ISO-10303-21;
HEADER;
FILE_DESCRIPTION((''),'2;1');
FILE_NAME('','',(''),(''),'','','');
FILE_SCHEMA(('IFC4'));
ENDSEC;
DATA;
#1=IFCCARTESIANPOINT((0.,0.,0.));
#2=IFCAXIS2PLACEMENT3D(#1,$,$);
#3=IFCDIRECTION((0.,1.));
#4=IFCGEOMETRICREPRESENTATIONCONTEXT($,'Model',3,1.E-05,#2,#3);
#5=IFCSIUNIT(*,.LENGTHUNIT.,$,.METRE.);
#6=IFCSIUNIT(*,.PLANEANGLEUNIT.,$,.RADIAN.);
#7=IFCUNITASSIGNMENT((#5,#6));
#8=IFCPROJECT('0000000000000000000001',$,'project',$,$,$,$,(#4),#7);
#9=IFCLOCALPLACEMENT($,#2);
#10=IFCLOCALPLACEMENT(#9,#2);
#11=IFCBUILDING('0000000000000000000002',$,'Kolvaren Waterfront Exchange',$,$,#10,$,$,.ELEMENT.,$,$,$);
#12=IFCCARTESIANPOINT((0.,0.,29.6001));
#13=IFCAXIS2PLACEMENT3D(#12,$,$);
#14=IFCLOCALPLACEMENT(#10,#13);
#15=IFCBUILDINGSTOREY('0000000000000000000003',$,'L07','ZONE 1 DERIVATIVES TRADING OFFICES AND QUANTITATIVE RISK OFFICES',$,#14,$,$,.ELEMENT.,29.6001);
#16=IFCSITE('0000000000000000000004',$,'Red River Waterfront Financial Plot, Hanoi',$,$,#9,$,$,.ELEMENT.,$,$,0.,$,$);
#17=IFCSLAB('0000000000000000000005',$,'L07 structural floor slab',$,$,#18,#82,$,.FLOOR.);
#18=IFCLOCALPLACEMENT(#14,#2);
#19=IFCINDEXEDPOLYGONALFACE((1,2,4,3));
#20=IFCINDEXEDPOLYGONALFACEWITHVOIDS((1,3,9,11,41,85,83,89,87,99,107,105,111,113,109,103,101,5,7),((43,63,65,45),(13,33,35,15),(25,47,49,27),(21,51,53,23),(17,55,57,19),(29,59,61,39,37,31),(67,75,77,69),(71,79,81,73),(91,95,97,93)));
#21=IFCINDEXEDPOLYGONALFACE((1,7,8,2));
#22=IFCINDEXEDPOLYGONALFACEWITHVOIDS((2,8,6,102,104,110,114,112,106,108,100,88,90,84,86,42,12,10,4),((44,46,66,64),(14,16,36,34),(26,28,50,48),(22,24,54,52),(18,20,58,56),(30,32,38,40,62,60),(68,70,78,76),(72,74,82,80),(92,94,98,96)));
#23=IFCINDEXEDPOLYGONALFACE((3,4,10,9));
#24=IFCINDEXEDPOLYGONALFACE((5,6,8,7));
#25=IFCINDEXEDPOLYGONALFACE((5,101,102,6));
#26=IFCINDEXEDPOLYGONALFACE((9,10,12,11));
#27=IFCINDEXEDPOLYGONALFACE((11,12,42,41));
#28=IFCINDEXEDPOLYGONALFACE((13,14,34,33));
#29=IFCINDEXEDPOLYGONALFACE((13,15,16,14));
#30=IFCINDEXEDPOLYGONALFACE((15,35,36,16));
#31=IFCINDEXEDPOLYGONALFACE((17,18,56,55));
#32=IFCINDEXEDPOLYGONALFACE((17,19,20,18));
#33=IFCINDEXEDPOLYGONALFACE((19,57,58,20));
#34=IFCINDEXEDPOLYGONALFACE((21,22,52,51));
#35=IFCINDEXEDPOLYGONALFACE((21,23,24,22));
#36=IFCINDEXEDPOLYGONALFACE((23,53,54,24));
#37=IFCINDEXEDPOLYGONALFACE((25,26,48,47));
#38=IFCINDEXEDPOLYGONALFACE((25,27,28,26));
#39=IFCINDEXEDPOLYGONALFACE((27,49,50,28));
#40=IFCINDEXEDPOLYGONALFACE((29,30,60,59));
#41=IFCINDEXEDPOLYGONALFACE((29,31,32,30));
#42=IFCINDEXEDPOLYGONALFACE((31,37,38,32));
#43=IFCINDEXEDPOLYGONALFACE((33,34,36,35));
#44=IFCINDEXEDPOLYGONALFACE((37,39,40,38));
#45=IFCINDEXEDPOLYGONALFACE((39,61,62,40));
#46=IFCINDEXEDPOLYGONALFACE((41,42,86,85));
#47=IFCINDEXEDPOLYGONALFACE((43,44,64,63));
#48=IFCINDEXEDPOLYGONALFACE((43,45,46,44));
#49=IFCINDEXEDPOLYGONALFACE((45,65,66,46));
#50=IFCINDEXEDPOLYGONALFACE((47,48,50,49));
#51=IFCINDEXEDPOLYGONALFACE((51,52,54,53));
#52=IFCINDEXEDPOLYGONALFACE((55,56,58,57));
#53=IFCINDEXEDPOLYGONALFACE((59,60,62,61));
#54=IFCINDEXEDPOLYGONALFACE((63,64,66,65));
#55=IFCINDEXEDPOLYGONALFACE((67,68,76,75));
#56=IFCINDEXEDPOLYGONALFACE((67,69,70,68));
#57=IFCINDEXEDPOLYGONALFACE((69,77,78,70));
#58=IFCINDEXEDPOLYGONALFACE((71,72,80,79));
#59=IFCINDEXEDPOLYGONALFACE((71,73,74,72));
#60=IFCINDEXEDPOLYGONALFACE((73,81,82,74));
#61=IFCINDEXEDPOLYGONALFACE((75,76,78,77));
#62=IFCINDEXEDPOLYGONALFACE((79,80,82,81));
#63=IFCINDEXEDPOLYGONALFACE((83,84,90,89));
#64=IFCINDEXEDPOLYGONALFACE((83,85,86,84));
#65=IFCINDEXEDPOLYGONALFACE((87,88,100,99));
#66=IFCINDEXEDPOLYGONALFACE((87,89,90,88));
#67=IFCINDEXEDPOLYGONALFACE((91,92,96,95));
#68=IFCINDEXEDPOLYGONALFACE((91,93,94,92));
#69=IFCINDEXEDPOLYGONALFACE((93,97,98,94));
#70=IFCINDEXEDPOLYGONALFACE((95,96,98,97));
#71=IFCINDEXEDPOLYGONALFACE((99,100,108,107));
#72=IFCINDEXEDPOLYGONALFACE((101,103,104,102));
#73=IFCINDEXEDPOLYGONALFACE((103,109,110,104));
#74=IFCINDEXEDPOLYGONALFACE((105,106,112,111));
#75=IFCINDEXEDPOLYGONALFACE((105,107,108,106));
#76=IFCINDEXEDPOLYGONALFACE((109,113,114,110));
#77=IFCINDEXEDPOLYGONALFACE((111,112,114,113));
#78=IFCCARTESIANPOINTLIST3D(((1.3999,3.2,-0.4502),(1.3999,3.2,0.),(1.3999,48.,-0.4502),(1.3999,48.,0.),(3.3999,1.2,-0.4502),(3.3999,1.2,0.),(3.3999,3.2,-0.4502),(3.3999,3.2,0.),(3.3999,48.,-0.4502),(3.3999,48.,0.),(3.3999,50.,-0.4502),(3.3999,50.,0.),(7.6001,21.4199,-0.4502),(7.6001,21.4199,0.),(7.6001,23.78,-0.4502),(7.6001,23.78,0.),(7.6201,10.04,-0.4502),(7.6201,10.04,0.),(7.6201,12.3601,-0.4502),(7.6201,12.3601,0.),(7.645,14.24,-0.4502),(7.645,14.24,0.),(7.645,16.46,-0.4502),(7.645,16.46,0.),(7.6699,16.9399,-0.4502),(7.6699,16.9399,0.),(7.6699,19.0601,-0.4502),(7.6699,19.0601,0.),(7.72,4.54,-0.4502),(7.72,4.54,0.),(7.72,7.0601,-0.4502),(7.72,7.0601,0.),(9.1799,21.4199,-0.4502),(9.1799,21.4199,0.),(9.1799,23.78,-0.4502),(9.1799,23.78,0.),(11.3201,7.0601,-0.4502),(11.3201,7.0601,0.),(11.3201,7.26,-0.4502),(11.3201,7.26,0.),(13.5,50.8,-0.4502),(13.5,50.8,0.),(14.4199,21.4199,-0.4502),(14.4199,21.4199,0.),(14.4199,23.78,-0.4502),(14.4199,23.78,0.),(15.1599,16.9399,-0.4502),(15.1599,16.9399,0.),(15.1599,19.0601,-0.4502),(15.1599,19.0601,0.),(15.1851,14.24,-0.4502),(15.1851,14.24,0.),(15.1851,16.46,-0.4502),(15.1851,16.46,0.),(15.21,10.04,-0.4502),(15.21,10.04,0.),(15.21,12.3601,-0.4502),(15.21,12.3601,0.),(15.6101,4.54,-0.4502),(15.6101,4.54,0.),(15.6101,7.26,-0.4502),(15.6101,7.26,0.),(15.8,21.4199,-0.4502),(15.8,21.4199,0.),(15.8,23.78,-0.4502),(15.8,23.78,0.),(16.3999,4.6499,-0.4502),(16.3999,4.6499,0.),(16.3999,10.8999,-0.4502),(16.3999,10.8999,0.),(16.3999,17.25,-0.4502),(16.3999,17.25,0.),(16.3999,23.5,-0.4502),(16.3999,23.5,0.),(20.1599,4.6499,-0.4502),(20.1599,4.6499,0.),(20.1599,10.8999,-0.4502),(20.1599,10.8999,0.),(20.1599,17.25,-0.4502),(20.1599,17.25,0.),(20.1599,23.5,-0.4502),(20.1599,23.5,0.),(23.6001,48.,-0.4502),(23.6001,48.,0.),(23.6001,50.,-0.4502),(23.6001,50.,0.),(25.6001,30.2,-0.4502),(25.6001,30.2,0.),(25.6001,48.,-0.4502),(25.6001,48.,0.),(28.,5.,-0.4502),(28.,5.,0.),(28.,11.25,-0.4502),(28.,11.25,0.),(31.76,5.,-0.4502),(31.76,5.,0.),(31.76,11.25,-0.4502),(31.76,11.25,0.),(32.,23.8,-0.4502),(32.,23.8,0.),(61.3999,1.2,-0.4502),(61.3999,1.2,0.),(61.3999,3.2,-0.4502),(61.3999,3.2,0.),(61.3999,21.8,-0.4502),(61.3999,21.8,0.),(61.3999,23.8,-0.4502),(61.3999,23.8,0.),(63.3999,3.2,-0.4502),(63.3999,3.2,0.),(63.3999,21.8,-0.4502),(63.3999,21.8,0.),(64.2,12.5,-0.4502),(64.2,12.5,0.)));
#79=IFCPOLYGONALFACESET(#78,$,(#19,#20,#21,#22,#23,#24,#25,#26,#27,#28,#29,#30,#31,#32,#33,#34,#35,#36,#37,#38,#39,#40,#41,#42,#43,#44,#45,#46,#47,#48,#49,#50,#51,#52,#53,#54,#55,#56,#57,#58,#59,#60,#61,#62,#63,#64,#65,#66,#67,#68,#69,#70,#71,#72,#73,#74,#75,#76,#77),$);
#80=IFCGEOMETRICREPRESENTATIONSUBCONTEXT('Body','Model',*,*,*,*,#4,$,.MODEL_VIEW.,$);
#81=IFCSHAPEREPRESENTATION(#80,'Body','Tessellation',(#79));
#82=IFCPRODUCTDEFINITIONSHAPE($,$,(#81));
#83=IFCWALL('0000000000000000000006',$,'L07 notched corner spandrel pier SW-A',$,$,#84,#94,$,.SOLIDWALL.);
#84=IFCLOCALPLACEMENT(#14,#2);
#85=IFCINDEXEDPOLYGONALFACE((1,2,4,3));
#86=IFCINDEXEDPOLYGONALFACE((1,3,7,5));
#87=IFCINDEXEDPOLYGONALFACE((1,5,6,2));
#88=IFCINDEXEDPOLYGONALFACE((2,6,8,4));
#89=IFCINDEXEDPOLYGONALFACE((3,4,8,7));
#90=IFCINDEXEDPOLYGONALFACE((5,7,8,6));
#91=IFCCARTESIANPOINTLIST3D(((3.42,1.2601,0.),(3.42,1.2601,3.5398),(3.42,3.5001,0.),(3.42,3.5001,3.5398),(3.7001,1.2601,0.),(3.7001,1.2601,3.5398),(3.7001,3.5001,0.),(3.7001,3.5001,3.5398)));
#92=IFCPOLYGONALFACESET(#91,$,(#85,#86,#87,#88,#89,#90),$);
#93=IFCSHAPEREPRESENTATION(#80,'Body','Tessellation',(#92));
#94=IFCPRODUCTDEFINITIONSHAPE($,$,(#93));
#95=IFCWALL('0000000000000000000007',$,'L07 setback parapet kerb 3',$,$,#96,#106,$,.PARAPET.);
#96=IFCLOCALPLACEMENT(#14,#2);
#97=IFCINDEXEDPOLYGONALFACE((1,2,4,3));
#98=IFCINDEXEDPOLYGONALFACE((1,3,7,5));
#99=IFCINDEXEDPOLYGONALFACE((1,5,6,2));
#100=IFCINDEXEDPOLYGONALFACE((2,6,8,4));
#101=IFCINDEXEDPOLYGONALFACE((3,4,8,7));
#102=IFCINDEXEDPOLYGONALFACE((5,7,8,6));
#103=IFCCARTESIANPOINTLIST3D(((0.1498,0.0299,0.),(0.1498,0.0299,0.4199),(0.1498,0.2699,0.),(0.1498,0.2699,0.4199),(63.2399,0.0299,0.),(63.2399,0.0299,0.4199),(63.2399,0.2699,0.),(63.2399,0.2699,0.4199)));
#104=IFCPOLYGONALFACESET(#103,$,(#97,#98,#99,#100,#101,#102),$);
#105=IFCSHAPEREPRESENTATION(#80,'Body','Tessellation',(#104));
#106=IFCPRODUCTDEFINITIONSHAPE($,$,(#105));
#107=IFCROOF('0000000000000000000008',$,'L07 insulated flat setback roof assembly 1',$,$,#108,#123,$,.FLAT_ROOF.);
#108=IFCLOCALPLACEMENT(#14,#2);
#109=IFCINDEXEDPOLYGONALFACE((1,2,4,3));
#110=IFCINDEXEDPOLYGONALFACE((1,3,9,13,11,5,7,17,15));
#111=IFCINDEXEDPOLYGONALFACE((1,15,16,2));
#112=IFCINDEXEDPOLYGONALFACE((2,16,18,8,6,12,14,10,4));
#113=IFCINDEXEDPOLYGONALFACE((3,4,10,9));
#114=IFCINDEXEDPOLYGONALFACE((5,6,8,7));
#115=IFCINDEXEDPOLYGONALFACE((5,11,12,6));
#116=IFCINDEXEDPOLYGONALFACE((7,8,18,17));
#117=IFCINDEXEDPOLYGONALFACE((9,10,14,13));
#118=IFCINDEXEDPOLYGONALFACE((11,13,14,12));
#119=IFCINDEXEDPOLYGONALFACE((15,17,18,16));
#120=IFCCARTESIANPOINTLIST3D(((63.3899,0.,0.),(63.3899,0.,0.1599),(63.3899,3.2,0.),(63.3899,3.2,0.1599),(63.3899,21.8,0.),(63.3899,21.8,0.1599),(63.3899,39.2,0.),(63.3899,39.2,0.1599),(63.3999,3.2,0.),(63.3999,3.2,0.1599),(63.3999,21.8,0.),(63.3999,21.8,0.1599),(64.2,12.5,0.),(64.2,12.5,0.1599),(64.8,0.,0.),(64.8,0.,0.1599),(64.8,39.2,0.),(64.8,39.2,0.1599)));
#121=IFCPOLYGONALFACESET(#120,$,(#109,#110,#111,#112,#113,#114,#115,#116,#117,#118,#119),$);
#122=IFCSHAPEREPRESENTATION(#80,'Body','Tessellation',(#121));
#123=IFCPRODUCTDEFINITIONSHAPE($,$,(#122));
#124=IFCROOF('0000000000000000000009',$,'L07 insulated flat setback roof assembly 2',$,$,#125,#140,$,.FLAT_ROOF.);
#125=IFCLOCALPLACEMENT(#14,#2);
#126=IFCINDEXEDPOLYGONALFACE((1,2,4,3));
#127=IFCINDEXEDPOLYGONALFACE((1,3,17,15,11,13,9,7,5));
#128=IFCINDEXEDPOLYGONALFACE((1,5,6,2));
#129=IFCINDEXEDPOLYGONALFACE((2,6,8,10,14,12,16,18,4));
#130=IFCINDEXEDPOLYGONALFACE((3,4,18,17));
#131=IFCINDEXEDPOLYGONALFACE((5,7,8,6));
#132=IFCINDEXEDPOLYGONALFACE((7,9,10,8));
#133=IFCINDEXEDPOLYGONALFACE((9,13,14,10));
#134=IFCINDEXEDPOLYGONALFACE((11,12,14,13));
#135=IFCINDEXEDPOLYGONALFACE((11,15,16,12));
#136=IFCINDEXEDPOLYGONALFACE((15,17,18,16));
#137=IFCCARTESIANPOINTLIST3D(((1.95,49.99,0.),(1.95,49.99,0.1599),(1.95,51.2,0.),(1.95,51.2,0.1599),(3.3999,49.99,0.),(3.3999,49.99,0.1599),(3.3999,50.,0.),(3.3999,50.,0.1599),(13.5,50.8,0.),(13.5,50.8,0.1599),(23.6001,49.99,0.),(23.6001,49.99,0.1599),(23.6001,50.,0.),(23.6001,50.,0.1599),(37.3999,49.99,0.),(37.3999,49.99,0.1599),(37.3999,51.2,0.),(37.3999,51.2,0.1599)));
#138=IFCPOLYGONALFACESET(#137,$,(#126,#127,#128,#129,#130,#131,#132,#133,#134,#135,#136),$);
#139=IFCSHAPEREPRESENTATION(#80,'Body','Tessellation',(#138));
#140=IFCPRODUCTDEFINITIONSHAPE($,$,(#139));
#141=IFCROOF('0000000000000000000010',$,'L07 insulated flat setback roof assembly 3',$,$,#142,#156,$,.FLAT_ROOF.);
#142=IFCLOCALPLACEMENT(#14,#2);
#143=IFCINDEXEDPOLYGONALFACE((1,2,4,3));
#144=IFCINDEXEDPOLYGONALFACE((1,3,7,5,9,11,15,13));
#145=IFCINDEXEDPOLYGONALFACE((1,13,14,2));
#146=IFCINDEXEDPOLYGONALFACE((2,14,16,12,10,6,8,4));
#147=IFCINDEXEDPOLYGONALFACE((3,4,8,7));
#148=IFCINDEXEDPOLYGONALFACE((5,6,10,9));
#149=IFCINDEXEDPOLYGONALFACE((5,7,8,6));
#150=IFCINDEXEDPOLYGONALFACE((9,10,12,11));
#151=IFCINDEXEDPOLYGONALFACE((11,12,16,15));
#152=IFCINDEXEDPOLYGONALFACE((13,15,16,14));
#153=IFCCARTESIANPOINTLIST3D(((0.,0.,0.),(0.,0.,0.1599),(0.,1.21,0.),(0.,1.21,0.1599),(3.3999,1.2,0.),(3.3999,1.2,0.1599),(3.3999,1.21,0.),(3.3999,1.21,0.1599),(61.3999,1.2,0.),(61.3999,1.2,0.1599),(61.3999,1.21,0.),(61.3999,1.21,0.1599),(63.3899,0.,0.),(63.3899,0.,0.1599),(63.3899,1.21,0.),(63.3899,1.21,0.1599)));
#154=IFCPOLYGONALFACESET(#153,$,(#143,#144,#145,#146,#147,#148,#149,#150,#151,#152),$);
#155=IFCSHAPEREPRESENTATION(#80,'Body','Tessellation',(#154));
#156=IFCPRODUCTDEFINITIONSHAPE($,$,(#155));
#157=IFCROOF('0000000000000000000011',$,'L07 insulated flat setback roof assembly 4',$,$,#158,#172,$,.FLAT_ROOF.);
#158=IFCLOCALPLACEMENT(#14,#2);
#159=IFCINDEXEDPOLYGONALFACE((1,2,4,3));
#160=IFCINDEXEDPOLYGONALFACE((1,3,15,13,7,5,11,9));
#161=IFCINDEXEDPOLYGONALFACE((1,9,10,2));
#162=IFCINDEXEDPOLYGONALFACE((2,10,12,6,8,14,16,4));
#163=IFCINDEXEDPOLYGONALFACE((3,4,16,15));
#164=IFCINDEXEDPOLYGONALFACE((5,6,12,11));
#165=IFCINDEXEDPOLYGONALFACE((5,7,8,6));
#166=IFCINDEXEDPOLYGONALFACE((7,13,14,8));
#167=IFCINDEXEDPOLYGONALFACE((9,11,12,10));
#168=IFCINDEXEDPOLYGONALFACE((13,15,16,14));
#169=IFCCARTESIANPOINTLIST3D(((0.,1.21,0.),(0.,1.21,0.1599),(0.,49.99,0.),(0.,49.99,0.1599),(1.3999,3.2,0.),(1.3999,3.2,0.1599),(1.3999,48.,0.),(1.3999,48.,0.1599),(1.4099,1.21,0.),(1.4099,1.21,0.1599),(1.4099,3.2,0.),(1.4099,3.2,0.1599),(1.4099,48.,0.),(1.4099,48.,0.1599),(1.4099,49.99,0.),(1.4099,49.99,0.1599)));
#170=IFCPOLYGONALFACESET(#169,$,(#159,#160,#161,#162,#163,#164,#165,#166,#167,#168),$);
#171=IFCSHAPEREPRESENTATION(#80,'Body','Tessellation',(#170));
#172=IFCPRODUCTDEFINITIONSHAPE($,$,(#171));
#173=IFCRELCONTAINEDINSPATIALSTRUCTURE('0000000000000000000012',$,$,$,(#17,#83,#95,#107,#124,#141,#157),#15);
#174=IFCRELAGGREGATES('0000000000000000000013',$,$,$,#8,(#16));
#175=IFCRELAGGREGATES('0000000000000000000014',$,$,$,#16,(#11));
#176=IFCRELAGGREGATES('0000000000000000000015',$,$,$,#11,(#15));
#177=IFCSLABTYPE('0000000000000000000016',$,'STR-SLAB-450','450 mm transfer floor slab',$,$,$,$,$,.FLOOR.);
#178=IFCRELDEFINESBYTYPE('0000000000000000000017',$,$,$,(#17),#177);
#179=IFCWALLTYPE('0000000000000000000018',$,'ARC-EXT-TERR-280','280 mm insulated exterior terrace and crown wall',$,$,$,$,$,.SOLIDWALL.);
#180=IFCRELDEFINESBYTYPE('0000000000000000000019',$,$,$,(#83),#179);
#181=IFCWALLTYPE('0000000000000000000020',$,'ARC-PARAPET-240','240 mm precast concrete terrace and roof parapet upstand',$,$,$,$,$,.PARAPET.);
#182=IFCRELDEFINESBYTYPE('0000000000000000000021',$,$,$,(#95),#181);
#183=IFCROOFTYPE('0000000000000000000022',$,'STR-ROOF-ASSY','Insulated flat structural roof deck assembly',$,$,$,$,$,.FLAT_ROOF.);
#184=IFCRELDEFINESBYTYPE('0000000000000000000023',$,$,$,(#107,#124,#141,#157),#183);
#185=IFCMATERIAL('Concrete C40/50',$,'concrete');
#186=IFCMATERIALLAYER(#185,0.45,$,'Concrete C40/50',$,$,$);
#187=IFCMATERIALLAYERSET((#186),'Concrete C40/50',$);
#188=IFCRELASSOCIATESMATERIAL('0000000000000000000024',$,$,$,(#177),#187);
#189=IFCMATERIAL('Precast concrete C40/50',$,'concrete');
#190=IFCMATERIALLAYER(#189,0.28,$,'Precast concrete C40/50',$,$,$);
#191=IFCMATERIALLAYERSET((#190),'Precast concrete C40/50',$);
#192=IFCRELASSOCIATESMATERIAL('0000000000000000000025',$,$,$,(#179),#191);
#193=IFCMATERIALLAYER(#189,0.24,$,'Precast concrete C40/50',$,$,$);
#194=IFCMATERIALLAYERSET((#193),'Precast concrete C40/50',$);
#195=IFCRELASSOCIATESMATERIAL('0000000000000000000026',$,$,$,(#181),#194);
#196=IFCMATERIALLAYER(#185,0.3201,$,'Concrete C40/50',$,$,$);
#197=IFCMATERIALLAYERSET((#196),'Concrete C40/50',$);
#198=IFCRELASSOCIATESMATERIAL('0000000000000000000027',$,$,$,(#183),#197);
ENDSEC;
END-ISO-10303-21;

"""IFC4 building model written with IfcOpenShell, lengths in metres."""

from ifc_helpers import new_model, si_unit, direction, frame, frame_2d, origin, place, context, subcontext, project, spatial, polyline, rectangle, outline, extrude, material, layer, layer_set, type_object, element, save


model = new_model("IFC4")

# Units and contexts
model_context = context("Model", 3, precision=1e-05, world=origin(), true_north=direction((0.0, 1.0)))
body_context = subcontext(model_context, "Body", "Model", "MODEL_VIEW")
ifc_project = project(units=[si_unit("LENGTHUNIT", "METRE"), si_unit("PLANEANGLEUNIT", "RADIAN")], contexts=[model_context])

# Site, building, storey
site_placement = place(None, origin())
site = spatial("IfcSite", under=ifc_project, at=site_placement, Name="Red River Waterfront Financial Plot, Hanoi", CompositionType="ELEMENT", RefElevation=0.0)
building_placement = place(site_placement, origin())
building = spatial("IfcBuilding", under=site, at=building_placement, Name="Kolvaren Waterfront Exchange", CompositionType="ELEMENT")
storey_placement = place(building_placement, frame((0.0, 0.0, 29.6001)))
storey = spatial("IfcBuildingStorey", under=building, at=storey_placement, Name="L07", Description="ZONE 1 DERIVATIVES TRADING OFFICES AND QUANTITATIVE RISK OFFICES", CompositionType="ELEMENT", Elevation=29.6001)

# Shared definitions
ifc_material_1 = material(Name="Precast concrete C40/50", Category="concrete")

# Shared definitions
ifc_material_2 = material(Name="Concrete C40/50", Category="concrete")

# Slab
ifc_layer_1 = layer(ifc_material_2, 0.45, Name="Concrete C40/50")
ifc_layer_set_1 = layer_set([ifc_layer_1], Name="Concrete C40/50")
slab_type_1 = type_object("IfcSlabType", Name="STR-SLAB-450", Description="450 mm transfer floor slab", PredefinedType="FLOOR", material=ifc_layer_set_1)
slab_1_placement = place(storey_placement, frame((0.0, 0.0, -0.4502)))
element("IfcSlab", 1, at=slab_1_placement, inside=storey, type_object=slab_type_1, Name="L07 structural floor slab", PredefinedType="FLOOR", context=body_context, shape_type="SweptSolid", body=[
    extrude(outline(polyline([(3.3999, 1.2), (61.3999, 1.2), (61.3999, 3.2), (63.3999, 3.2), (64.2, 12.5), (63.3999, 21.8), (61.3999, 21.8), (61.3999, 23.8), (32.0, 23.8), (25.6001, 30.2), (25.6001, 48.0), (23.6001, 48.0), (23.6001, 50.0), (13.5, 50.8), (3.3999, 50.0), (3.3999, 48.0), (1.3999, 48.0), (1.3999, 3.2), (3.3999, 3.2), (3.3999, 1.2)]), holes=[polyline([(11.3201, 7.26), (15.6101, 7.26), (15.6101, 4.54), (7.72, 4.54), (7.72, 7.0601), (11.3201, 7.0601), (11.3201, 7.26)]), polyline([(20.1599, 4.6499), (16.3999, 4.6499), (16.3999, 10.8999), (20.1599, 10.8999), (20.1599, 4.6499)]), polyline([(31.76, 5.0), (28.0, 5.0), (28.0, 11.25), (31.76, 11.25), (31.76, 5.0)]), polyline([(15.21, 10.04), (7.6201, 10.04), (7.6201, 12.3601), (15.21, 12.3601), (15.21, 10.04)]), polyline([(7.645, 16.46), (15.1851, 16.46), (15.1851, 14.24), (7.645, 14.24), (7.645, 16.46)]), polyline([(15.1599, 16.9399), (7.6699, 16.9399), (7.6699, 19.0601), (15.1599, 19.0601), (15.1599, 16.9399)]), polyline([(16.3999, 23.5), (20.1599, 23.5), (20.1599, 17.25), (16.3999, 17.25), (16.3999, 23.5)]), polyline([(7.6001, 23.78), (9.1799, 23.78), (9.1799, 21.4199), (7.6001, 21.4199), (7.6001, 23.78)]), polyline([(15.8, 23.78), (15.8, 21.4199), (14.4199, 21.4199), (14.4199, 23.78), (15.8, 23.78)])]), origin(), (0.0, 0.0, 1.0), 0.4502),
])

# Walls
ifc_layer_2 = layer(ifc_material_1, 0.28, Name="Precast concrete C40/50")
ifc_layer_set_2 = layer_set([ifc_layer_2], Name="Precast concrete C40/50")
wall_type_1 = type_object("IfcWallType", Name="ARC-EXT-TERR-280", Description="280 mm insulated exterior terrace and crown wall", PredefinedType="SOLIDWALL", material=ifc_layer_set_2)
wall_1_placement = place(storey_placement, frame((3.5601, 1.26, 0.0), z_axis=(0.0, 0.0, 1.0), x_axis=(0.0, 1.0, 0.0)))
element("IfcWall", 2, at=wall_1_placement, inside=storey, type_object=wall_type_1, Name="L07 notched corner spandrel pier SW-A", PredefinedType="SOLIDWALL", context=body_context, shape_type="SweptSolid", body=[
    extrude(rectangle(XDim=2.24, YDim=0.28, at=frame_2d((1.1201, 0.0))), origin(), (0.0, 0.0, 1.0), 3.5398),
])
ifc_layer_3 = layer(ifc_material_1, 0.24, Name="Precast concrete C40/50")
ifc_layer_set_3 = layer_set([ifc_layer_3], Name="Precast concrete C40/50")
wall_type_2 = type_object("IfcWallType", Name="ARC-PARAPET-240", Description="240 mm precast concrete terrace and roof parapet upstand", PredefinedType="PARAPET", material=ifc_layer_set_3)
wall_2_placement = place(storey_placement, frame((0.1499, 0.1499, 0.0), z_axis=(0.0, 0.0, 1.0), x_axis=(1.0, 0.0, 0.0)))
element("IfcWall", 3, at=wall_2_placement, inside=storey, type_object=wall_type_2, Name="L07 setback parapet kerb 3", PredefinedType="PARAPET", context=body_context, shape_type="SweptSolid", body=[
    extrude(rectangle(XDim=63.0901, YDim=0.24, at=frame_2d((31.5449, 0.0))), origin(), (0.0, 0.0, 1.0), 0.4199),
])

# Roofs
ifc_layer_4 = layer(ifc_material_2, 0.3201, Name="Concrete C40/50")
ifc_layer_set_4 = layer_set([ifc_layer_4], Name="Concrete C40/50")
roof_type = type_object("IfcRoofType", Name="STR-ROOF-ASSY", Description="Insulated flat structural roof deck assembly", PredefinedType="FLAT_ROOF", material=ifc_layer_set_4)
roof_1_placement = place(storey_placement, origin())
element("IfcRoof", 4, at=roof_1_placement, inside=storey, type_object=roof_type, Name="L07 insulated flat setback roof assembly 1", PredefinedType="FLAT_ROOF", context=body_context, shape_type="SweptSolid", body=[
    extrude(outline(polyline([(64.8, 39.2), (64.8, 0.0), (63.3899, 0.0), (63.3899, 3.2), (63.3999, 3.2), (64.2, 12.5), (63.3999, 21.8), (63.3899, 21.8), (63.3899, 39.2), (64.8, 39.2)])), origin(), (0.0, 0.0, 1.0), 0.1599),
])
roof_2_placement = place(storey_placement, origin())
element("IfcRoof", 5, at=roof_2_placement, inside=storey, type_object=roof_type, Name="L07 insulated flat setback roof assembly 2", PredefinedType="FLAT_ROOF", context=body_context, shape_type="SweptSolid", body=[
    extrude(outline(polyline([(37.3999, 51.2), (37.3999, 49.99), (23.6001, 49.99), (23.6001, 50.0), (13.5, 50.8), (3.3999, 50.0), (3.3999, 49.99), (1.95, 49.99), (1.95, 51.2), (37.3999, 51.2)])), origin(), (0.0, 0.0, 1.0), 0.1599),
])
roof_3_placement = place(storey_placement, origin())
element("IfcRoof", 6, at=roof_3_placement, inside=storey, type_object=roof_type, Name="L07 insulated flat setback roof assembly 3", PredefinedType="FLAT_ROOF", context=body_context, shape_type="SweptSolid", body=[
    extrude(outline(polyline([(0.0, 0.0), (0.0, 1.21), (3.3999, 1.21), (3.3999, 1.2), (61.3999, 1.2), (61.3999, 1.21), (63.3899, 1.21), (63.3899, 0.0), (0.0, 0.0)])), origin(), (0.0, 0.0, 1.0), 0.1599),
])
roof_4_placement = place(storey_placement, origin())
element("IfcRoof", 7, at=roof_4_placement, inside=storey, type_object=roof_type, Name="L07 insulated flat setback roof assembly 4", PredefinedType="FLAT_ROOF", context=body_context, shape_type="SweptSolid", body=[
    extrude(outline(polyline([(0.0, 49.99), (1.4099, 49.99), (1.4099, 48.0), (1.3999, 48.0), (1.3999, 3.2), (1.4099, 3.2), (1.4099, 1.21), (0.0, 1.21), (0.0, 49.99)])), origin(), (0.0, 0.0, 1.0), 0.1599),
])

save(model, "model.ifc")
